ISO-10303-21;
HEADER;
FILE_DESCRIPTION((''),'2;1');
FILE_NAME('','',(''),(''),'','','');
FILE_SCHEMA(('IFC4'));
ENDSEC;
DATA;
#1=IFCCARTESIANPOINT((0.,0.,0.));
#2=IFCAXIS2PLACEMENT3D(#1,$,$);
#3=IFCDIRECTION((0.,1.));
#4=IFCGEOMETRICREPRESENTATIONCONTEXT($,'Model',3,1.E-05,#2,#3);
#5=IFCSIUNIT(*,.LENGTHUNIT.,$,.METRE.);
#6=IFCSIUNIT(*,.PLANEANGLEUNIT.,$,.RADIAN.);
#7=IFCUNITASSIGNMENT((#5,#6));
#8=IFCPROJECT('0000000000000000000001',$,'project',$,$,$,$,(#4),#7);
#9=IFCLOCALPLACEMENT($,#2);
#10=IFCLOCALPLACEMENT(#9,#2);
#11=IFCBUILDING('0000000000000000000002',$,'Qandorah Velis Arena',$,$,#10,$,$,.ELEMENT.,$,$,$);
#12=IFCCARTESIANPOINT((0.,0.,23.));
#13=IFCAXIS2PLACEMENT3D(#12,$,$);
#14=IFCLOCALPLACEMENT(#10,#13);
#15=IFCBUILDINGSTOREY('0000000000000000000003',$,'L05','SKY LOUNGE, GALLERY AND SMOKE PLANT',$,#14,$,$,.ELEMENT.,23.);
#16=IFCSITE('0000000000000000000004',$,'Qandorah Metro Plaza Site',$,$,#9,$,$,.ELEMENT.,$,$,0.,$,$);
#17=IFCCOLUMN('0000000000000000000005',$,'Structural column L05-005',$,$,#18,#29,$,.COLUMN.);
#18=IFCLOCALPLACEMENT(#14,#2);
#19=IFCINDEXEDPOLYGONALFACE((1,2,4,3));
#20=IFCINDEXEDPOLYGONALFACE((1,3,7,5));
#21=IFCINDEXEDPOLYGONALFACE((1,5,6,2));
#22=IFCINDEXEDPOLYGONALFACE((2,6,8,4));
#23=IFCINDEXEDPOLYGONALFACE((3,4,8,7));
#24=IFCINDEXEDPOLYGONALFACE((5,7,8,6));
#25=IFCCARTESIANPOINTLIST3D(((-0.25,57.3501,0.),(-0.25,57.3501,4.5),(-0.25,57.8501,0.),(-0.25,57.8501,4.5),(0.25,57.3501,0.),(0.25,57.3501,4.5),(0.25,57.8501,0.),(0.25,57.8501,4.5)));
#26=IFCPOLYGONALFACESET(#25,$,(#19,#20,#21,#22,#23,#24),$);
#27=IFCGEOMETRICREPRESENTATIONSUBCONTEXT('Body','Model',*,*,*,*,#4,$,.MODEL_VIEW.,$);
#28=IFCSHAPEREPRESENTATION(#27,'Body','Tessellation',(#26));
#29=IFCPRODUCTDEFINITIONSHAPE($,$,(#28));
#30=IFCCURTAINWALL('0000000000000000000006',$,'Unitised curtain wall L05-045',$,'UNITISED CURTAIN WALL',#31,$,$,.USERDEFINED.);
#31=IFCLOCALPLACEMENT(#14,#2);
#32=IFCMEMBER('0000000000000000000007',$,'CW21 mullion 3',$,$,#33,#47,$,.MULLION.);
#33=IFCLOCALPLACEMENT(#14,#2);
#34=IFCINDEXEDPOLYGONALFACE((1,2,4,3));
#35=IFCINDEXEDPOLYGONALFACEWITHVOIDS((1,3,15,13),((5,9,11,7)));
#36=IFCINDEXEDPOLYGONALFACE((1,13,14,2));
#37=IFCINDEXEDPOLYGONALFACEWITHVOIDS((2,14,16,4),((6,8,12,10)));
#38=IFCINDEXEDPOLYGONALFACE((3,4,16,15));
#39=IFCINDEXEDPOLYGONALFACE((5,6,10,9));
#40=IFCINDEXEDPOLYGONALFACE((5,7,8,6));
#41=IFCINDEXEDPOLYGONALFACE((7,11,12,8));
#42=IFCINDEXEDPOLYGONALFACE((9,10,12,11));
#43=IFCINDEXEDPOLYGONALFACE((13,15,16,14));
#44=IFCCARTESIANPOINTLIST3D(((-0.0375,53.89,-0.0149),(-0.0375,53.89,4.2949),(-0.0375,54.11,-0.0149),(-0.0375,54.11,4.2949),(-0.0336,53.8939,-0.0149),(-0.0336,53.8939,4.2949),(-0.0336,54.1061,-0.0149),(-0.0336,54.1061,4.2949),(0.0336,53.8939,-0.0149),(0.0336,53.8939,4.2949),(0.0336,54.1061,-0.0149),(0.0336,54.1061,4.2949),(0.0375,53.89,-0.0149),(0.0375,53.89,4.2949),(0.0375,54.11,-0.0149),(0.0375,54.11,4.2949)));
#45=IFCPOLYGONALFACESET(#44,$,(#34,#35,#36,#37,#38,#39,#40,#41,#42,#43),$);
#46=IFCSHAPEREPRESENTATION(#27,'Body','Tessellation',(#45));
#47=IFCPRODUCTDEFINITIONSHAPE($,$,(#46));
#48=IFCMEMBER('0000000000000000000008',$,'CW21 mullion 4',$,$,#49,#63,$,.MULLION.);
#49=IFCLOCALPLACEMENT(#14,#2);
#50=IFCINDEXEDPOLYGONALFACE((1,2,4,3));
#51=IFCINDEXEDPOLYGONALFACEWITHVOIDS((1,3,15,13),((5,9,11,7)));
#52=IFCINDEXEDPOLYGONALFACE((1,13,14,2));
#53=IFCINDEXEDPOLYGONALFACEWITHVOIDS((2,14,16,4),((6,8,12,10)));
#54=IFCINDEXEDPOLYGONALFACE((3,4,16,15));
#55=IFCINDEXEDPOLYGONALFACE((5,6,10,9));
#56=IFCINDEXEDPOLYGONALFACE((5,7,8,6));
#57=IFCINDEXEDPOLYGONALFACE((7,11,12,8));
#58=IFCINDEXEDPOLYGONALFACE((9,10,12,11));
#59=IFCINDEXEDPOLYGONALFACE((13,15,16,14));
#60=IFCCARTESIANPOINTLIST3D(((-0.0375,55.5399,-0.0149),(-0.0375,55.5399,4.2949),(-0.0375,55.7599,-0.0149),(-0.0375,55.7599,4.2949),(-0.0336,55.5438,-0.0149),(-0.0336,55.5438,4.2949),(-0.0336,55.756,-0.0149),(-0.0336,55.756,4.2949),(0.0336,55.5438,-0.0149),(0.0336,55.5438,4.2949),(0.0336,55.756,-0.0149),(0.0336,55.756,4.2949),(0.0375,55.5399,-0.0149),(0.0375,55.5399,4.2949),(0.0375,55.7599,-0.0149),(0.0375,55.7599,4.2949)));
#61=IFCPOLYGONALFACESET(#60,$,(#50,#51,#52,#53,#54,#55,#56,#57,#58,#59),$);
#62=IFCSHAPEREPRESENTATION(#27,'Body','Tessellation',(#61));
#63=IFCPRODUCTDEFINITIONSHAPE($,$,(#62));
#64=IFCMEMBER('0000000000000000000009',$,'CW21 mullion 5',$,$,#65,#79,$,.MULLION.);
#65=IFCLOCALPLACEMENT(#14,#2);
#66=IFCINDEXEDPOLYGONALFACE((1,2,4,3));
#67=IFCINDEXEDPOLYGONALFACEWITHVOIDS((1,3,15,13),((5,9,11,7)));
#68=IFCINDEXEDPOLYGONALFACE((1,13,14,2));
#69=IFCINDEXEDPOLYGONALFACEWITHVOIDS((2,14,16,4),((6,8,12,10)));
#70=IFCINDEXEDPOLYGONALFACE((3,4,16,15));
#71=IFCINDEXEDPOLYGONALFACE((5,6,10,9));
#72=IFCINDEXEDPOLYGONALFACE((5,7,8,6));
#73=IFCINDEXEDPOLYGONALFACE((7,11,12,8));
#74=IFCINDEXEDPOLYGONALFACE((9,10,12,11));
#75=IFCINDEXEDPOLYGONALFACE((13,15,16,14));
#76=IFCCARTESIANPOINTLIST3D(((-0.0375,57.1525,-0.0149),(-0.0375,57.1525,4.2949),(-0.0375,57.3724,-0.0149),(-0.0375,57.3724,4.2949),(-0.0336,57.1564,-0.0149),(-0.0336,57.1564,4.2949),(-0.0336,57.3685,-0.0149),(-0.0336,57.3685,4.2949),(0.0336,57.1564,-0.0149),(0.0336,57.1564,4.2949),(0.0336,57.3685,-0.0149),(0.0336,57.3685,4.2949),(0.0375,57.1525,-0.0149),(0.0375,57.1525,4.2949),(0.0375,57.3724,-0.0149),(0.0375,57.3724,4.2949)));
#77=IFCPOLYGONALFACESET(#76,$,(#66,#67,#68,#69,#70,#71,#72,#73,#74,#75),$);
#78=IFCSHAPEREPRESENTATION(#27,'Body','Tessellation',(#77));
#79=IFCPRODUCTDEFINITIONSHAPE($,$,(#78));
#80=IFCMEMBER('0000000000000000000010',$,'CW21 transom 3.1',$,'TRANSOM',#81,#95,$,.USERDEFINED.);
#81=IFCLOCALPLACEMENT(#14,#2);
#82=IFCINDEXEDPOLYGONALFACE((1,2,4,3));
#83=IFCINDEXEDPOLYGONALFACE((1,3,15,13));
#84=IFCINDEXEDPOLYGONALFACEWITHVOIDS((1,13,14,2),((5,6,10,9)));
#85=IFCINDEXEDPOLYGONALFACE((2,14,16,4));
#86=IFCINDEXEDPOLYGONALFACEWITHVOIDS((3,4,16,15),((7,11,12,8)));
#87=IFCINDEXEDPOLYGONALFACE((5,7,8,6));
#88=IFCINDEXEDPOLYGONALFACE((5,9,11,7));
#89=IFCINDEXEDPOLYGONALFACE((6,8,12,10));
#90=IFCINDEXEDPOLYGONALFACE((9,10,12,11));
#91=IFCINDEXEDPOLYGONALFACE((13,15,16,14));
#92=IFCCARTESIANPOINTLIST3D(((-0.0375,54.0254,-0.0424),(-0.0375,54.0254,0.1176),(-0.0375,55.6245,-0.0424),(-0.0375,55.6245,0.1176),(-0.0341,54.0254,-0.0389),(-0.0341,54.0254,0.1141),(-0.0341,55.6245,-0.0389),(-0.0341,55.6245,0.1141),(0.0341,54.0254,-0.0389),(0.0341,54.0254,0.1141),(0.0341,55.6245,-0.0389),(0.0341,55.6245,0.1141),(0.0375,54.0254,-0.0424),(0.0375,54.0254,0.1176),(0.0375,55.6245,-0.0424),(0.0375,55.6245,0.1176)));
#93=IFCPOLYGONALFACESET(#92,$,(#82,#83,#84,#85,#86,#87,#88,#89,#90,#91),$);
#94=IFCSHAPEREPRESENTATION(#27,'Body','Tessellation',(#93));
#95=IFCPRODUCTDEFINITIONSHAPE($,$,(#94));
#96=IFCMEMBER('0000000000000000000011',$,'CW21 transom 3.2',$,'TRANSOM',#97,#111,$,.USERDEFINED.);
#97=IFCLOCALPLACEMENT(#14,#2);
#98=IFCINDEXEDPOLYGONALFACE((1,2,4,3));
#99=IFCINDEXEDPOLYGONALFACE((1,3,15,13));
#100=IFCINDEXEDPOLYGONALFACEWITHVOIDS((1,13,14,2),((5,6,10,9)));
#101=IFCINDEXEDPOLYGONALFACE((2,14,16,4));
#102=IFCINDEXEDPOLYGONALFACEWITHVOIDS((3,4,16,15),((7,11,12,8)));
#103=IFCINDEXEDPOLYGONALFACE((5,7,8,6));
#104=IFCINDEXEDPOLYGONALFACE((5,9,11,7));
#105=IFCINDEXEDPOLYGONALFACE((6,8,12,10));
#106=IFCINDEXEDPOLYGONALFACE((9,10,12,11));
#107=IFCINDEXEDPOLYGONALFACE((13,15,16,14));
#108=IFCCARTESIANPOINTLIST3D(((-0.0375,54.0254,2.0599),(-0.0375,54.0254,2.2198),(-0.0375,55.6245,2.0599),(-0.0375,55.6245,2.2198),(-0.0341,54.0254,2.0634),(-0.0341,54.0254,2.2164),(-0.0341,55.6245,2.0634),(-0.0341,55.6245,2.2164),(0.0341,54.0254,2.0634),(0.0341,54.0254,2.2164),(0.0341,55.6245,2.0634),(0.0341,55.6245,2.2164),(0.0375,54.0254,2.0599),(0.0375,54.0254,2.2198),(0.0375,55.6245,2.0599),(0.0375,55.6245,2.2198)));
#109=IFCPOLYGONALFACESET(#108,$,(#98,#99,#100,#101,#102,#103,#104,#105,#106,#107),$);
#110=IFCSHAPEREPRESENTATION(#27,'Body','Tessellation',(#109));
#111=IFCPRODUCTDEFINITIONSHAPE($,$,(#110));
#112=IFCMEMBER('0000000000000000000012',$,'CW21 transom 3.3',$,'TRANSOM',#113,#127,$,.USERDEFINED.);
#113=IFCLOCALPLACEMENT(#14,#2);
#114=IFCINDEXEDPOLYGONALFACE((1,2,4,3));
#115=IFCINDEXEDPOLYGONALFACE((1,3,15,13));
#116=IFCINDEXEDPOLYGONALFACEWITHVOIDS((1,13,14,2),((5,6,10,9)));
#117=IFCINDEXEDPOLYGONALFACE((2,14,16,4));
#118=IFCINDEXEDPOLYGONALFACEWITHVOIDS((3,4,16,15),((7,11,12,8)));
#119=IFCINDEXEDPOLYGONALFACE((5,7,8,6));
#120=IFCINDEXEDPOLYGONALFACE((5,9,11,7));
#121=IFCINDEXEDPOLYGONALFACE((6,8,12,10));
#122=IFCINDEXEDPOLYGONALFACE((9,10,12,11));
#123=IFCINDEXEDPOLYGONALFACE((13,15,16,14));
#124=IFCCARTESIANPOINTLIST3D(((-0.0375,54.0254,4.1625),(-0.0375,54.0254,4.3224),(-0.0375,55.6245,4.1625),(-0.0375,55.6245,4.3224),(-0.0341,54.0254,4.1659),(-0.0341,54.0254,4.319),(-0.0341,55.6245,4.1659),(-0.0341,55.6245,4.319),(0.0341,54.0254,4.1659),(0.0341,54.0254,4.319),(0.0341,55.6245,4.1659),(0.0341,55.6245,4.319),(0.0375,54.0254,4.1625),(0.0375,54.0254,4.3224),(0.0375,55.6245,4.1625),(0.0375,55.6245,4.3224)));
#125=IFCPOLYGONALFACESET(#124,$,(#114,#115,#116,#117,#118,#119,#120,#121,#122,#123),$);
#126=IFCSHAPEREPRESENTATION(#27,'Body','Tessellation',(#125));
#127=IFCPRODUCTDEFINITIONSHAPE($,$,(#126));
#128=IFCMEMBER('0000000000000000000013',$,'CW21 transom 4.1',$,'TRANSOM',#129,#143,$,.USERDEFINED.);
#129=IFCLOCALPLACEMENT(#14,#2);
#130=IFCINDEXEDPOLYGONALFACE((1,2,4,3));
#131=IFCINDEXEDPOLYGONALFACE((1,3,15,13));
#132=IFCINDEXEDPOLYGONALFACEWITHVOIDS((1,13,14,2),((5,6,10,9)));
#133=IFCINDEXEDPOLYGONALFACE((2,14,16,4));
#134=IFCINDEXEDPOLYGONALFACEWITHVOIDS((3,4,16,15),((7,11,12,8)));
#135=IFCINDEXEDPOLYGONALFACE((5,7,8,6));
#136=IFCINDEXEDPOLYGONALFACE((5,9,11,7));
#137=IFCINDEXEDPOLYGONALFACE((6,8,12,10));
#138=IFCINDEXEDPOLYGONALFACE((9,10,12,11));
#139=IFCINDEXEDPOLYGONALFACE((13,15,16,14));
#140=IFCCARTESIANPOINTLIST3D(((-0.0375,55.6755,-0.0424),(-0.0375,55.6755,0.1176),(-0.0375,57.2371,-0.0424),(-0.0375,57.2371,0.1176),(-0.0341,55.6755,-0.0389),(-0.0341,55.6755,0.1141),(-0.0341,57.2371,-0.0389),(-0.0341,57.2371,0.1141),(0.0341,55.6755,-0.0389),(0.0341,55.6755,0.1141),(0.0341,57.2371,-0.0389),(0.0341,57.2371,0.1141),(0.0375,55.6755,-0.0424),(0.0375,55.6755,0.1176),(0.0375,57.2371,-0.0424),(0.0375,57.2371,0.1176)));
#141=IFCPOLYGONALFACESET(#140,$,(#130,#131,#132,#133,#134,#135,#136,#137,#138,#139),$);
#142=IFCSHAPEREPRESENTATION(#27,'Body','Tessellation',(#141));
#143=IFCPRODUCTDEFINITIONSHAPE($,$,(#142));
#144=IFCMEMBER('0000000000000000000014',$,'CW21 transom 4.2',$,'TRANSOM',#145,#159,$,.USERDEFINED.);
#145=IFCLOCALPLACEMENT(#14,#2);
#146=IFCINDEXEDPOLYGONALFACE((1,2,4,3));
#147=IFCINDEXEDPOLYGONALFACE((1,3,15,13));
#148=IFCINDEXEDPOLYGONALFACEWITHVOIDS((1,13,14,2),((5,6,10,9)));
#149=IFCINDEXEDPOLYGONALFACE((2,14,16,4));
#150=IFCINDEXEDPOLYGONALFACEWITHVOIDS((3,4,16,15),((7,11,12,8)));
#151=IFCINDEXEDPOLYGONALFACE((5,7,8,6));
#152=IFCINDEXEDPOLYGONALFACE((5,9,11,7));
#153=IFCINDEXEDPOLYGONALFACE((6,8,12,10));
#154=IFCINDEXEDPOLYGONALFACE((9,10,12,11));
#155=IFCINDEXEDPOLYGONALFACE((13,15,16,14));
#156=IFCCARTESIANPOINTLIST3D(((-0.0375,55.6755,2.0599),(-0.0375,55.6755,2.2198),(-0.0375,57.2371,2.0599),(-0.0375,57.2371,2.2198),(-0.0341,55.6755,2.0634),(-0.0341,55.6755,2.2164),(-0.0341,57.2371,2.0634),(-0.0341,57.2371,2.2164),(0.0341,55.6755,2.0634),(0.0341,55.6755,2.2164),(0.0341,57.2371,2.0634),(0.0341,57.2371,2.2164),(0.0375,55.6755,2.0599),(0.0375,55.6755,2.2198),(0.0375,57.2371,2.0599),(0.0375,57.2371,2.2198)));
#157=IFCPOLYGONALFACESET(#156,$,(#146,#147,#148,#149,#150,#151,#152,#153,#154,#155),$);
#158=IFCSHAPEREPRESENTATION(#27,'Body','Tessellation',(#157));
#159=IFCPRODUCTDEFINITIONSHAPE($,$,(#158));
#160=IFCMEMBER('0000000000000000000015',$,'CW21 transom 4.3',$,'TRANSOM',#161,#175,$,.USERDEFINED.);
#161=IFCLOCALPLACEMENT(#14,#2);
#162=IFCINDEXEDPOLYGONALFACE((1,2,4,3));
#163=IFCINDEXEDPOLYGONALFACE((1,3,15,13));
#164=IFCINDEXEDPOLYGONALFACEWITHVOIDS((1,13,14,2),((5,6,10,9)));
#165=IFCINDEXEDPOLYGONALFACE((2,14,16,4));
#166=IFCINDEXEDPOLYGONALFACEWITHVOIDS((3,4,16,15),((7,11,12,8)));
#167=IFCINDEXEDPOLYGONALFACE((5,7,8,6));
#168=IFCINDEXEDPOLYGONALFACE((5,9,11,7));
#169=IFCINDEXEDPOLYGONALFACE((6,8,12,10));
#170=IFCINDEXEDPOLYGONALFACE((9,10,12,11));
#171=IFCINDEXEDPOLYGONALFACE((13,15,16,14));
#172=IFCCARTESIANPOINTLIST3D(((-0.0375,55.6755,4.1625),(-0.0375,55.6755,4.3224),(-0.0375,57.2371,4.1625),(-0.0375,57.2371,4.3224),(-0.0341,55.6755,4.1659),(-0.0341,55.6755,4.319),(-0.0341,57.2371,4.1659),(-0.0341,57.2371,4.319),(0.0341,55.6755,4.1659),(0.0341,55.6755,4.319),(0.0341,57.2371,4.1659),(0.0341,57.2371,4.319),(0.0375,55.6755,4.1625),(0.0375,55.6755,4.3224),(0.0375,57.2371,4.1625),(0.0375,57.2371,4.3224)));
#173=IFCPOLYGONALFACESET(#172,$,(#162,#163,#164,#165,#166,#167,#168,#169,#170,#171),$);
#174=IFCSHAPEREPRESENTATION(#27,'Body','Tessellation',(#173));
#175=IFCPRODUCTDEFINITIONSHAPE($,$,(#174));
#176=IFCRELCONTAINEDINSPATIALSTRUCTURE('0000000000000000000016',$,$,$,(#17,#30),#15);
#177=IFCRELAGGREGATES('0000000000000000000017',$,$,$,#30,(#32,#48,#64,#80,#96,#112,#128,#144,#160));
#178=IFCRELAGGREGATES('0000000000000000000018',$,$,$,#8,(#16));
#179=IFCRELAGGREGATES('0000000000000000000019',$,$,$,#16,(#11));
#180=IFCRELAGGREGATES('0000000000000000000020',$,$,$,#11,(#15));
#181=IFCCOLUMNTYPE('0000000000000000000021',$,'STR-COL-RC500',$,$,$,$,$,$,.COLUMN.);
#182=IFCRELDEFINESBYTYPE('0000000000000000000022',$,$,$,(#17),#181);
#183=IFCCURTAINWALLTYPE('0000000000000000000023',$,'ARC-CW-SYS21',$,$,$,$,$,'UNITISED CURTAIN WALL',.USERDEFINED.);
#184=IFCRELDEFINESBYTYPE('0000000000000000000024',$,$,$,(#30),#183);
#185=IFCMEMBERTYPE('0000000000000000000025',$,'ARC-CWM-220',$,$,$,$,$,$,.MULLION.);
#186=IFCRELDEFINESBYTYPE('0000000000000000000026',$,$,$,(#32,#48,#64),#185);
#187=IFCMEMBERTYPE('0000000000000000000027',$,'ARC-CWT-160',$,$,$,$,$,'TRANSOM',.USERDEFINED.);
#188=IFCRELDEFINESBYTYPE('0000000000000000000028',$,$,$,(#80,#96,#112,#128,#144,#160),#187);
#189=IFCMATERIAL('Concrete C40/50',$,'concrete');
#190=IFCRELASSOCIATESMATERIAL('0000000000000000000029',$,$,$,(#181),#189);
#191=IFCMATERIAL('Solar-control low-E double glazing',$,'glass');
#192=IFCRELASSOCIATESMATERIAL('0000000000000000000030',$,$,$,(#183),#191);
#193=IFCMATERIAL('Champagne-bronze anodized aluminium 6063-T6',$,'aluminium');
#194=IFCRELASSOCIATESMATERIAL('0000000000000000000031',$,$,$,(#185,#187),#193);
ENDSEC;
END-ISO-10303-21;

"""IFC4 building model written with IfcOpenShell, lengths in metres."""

from ifc_helpers import new_model, si_unit, direction, frame, origin, origin_2d, place, context, subcontext, project, spatial, rectangle, hollow_rectangle, extrude, material, material_profile, profile_set, type_object, element, aggregate, save


model = new_model("IFC4")

# Units and contexts
model_context = context("Model", 3, precision=1e-05, world=origin(), true_north=direction((0.0, 1.0)))
body_context = subcontext(model_context, "Body", "Model", "MODEL_VIEW")
ifc_project = project(units=[si_unit("LENGTHUNIT", "METRE"), si_unit("PLANEANGLEUNIT", "RADIAN")], contexts=[model_context])

# Site, building, storey
site_placement = place(None, origin())
site = spatial("IfcSite", under=ifc_project, at=site_placement, Name="Qandorah Metro Plaza Site", CompositionType="ELEMENT", RefElevation=0.0)
building_placement = place(site_placement, origin())
building = spatial("IfcBuilding", under=site, at=building_placement, Name="Qandorah Velis Arena", CompositionType="ELEMENT")
storey_placement = place(building_placement, frame((0.0, 0.0, 23.0)))
storey = spatial("IfcBuildingStorey", under=building, at=storey_placement, Name="L05", Description="SKY LOUNGE, GALLERY AND SMOKE PLANT", CompositionType="ELEMENT", Elevation=23.0)

# Column
ifc_material_1 = material(Name="Concrete C40/50", Category="concrete")
ifc_material_profile_1 = material_profile(ifc_material_1, rectangle(XDim=0.5, YDim=0.5, at=origin_2d()), Name="RC COL 500x500")
ifc_profile_set_1 = profile_set([ifc_material_profile_1], Name="Concrete C40/50")
column_type = type_object("IfcColumnType", Name="STR-COL-RC500", PredefinedType="COLUMN", material=ifc_profile_set_1)
column_placement = place(storey_placement, frame((0.0, 57.6001, 0.0), z_axis=(0.0, 0.0, 1.0), x_axis=(1.0, 0.0, 0.0)))
element("IfcColumn", 1, at=column_placement, inside=storey, type_object=column_type, Name="Structural column L05-005", PredefinedType="COLUMN", context=body_context, shape_type="SweptSolid", body=[
    extrude(rectangle(XDim=0.5, YDim=0.5, at=origin_2d()), origin(), (0.0, 0.0, 1.0), 4.5),
])

# Curtain wall, members
ifc_material_2 = material(Name="Solar-control low-E double glazing", Category="glass")
curtain_wall_type = type_object("IfcCurtainWallType", Name="ARC-CW-SYS21", ElementType="UNITISED CURTAIN WALL", PredefinedType="USERDEFINED", material=ifc_material_2)
curtain_wall_placement = place(storey_placement, origin())
curtain_wall = element("IfcCurtainWall", 2, at=curtain_wall_placement, inside=storey, type_object=curtain_wall_type, Name="Unitised curtain wall L05-045", ObjectType="UNITISED CURTAIN WALL", PredefinedType="USERDEFINED")
ifc_material_3 = material(Name="Champagne-bronze anodized aluminium 6063-T6", Category="aluminium")
ifc_material_profile_2 = material_profile(ifc_material_3, hollow_rectangle(XDim=0.075, YDim=0.22, WallThickness=0.0039, at=origin_2d()), Name="ALU MULLION 75x220")
ifc_profile_set_2 = profile_set([ifc_material_profile_2], Name="Champagne-bronze anodized aluminium 6063-T6")
member_type_1 = type_object("IfcMemberType", Name="ARC-CWM-220", PredefinedType="MULLION", material=ifc_profile_set_2)
member_1_placement = place(storey_placement, frame((0.0, 54.0, -0.0149), z_axis=(0.0, 0.0, 1.0), x_axis=(-1.0, 0.0, 0.0)))
member_1 = element("IfcMember", 3, at=member_1_placement, type_object=member_type_1, Name="CW21 mullion 3", PredefinedType="MULLION", context=body_context, shape_type="SweptSolid", body=[
    extrude(hollow_rectangle(XDim=0.075, YDim=0.22, WallThickness=0.0039, at=origin_2d()), origin(), (0.0, 0.0, 1.0), 4.3098),
])
member_2_placement = place(storey_placement, frame((0.0, 55.6499, -0.0149), z_axis=(0.0, 0.0, 1.0), x_axis=(-1.0, 0.0, 0.0)))
member_2 = element("IfcMember", 4, at=member_2_placement, type_object=member_type_1, Name="CW21 mullion 4", PredefinedType="MULLION", context=body_context, shape_type="SweptSolid", body=[
    extrude(hollow_rectangle(XDim=0.075, YDim=0.22, WallThickness=0.0039, at=origin_2d()), origin(), (0.0, 0.0, 1.0), 4.3098),
])
member_3_placement = place(storey_placement, frame((0.0, 57.2625, -0.0149), z_axis=(0.0, 0.0, 1.0), x_axis=(-1.0, 0.0, 0.0)))
member_3 = element("IfcMember", 5, at=member_3_placement, type_object=member_type_1, Name="CW21 mullion 5", PredefinedType="MULLION", context=body_context, shape_type="SweptSolid", body=[
    extrude(hollow_rectangle(XDim=0.075, YDim=0.22, WallThickness=0.0039, at=origin_2d()), origin(), (0.0, 0.0, 1.0), 4.3098),
])
ifc_material_profile_3 = material_profile(ifc_material_3, hollow_rectangle(XDim=0.075, YDim=0.1599, WallThickness=0.0034, at=origin_2d()), Name="ALU TRANSOM 75x160")
ifc_profile_set_3 = profile_set([ifc_material_profile_3], Name="Champagne-bronze anodized aluminium 6063-T6")
member_type_2 = type_object("IfcMemberType", Name="ARC-CWT-160", ElementType="TRANSOM", PredefinedType="USERDEFINED", material=ifc_profile_set_3)
member_4_placement = place(storey_placement, frame((0.0, 54.0254, 0.0376), z_axis=(0.0, 1.0, 0.0), x_axis=(-1.0, 0.0, 0.0)))
member_4 = element("IfcMember", 6, at=member_4_placement, type_object=member_type_2, Name="CW21 transom 3.1", ObjectType="TRANSOM", PredefinedType="USERDEFINED", context=body_context, shape_type="SweptSolid", body=[
    extrude(hollow_rectangle(XDim=0.075, YDim=0.1599, WallThickness=0.0034, at=origin_2d()), origin(), (0.0, 0.0, 1.0), 1.5991),
])
member_5_placement = place(storey_placement, frame((0.0, 54.0254, 2.1399), z_axis=(0.0, 1.0, 0.0), x_axis=(-1.0, 0.0, 0.0)))
member_5 = element("IfcMember", 7, at=member_5_placement, type_object=member_type_2, Name="CW21 transom 3.2", ObjectType="TRANSOM", PredefinedType="USERDEFINED", context=body_context, shape_type="SweptSolid", body=[
    extrude(hollow_rectangle(XDim=0.075, YDim=0.1599, WallThickness=0.0034, at=origin_2d()), origin(), (0.0, 0.0, 1.0), 1.5991),
])
member_6_placement = place(storey_placement, frame((0.0, 54.0254, 4.2424), z_axis=(0.0, 1.0, 0.0), x_axis=(-1.0, 0.0, 0.0)))
member_6 = element("IfcMember", 8, at=member_6_placement, type_object=member_type_2, Name="CW21 transom 3.3", ObjectType="TRANSOM", PredefinedType="USERDEFINED", context=body_context, shape_type="SweptSolid", body=[
    extrude(hollow_rectangle(XDim=0.075, YDim=0.1599, WallThickness=0.0034, at=origin_2d()), origin(), (0.0, 0.0, 1.0), 1.5991),
])
member_7_placement = place(storey_placement, frame((0.0, 55.6755, 0.0376), z_axis=(0.0, 1.0, 0.0), x_axis=(-1.0, 0.0, 0.0)))
member_7 = element("IfcMember", 9, at=member_7_placement, type_object=member_type_2, Name="CW21 transom 4.1", ObjectType="TRANSOM", PredefinedType="USERDEFINED", context=body_context, shape_type="SweptSolid", body=[
    extrude(hollow_rectangle(XDim=0.075, YDim=0.1599, WallThickness=0.0034, at=origin_2d()), origin(), (0.0, 0.0, 1.0), 1.5615),
])
member_8_placement = place(storey_placement, frame((0.0, 55.6755, 2.1399), z_axis=(0.0, 1.0, 0.0), x_axis=(-1.0, 0.0, 0.0)))
member_8 = element("IfcMember", 10, at=member_8_placement, type_object=member_type_2, Name="CW21 transom 4.2", ObjectType="TRANSOM", PredefinedType="USERDEFINED", context=body_context, shape_type="SweptSolid", body=[
    extrude(hollow_rectangle(XDim=0.075, YDim=0.1599, WallThickness=0.0034, at=origin_2d()), origin(), (0.0, 0.0, 1.0), 1.5615),
])
member_9_placement = place(storey_placement, frame((0.0, 55.6755, 4.2424), z_axis=(0.0, 1.0, 0.0), x_axis=(-1.0, 0.0, 0.0)))
member_9 = element("IfcMember", 11, at=member_9_placement, type_object=member_type_2, Name="CW21 transom 4.3", ObjectType="TRANSOM", PredefinedType="USERDEFINED", context=body_context, shape_type="SweptSolid", body=[
    extrude(hollow_rectangle(XDim=0.075, YDim=0.1599, WallThickness=0.0034, at=origin_2d()), origin(), (0.0, 0.0, 1.0), 1.5615),
])

aggregate(curtain_wall, [member_1, member_2, member_3, member_4, member_5, member_6, member_7, member_8, member_9])

save(model, "model.ifc")
